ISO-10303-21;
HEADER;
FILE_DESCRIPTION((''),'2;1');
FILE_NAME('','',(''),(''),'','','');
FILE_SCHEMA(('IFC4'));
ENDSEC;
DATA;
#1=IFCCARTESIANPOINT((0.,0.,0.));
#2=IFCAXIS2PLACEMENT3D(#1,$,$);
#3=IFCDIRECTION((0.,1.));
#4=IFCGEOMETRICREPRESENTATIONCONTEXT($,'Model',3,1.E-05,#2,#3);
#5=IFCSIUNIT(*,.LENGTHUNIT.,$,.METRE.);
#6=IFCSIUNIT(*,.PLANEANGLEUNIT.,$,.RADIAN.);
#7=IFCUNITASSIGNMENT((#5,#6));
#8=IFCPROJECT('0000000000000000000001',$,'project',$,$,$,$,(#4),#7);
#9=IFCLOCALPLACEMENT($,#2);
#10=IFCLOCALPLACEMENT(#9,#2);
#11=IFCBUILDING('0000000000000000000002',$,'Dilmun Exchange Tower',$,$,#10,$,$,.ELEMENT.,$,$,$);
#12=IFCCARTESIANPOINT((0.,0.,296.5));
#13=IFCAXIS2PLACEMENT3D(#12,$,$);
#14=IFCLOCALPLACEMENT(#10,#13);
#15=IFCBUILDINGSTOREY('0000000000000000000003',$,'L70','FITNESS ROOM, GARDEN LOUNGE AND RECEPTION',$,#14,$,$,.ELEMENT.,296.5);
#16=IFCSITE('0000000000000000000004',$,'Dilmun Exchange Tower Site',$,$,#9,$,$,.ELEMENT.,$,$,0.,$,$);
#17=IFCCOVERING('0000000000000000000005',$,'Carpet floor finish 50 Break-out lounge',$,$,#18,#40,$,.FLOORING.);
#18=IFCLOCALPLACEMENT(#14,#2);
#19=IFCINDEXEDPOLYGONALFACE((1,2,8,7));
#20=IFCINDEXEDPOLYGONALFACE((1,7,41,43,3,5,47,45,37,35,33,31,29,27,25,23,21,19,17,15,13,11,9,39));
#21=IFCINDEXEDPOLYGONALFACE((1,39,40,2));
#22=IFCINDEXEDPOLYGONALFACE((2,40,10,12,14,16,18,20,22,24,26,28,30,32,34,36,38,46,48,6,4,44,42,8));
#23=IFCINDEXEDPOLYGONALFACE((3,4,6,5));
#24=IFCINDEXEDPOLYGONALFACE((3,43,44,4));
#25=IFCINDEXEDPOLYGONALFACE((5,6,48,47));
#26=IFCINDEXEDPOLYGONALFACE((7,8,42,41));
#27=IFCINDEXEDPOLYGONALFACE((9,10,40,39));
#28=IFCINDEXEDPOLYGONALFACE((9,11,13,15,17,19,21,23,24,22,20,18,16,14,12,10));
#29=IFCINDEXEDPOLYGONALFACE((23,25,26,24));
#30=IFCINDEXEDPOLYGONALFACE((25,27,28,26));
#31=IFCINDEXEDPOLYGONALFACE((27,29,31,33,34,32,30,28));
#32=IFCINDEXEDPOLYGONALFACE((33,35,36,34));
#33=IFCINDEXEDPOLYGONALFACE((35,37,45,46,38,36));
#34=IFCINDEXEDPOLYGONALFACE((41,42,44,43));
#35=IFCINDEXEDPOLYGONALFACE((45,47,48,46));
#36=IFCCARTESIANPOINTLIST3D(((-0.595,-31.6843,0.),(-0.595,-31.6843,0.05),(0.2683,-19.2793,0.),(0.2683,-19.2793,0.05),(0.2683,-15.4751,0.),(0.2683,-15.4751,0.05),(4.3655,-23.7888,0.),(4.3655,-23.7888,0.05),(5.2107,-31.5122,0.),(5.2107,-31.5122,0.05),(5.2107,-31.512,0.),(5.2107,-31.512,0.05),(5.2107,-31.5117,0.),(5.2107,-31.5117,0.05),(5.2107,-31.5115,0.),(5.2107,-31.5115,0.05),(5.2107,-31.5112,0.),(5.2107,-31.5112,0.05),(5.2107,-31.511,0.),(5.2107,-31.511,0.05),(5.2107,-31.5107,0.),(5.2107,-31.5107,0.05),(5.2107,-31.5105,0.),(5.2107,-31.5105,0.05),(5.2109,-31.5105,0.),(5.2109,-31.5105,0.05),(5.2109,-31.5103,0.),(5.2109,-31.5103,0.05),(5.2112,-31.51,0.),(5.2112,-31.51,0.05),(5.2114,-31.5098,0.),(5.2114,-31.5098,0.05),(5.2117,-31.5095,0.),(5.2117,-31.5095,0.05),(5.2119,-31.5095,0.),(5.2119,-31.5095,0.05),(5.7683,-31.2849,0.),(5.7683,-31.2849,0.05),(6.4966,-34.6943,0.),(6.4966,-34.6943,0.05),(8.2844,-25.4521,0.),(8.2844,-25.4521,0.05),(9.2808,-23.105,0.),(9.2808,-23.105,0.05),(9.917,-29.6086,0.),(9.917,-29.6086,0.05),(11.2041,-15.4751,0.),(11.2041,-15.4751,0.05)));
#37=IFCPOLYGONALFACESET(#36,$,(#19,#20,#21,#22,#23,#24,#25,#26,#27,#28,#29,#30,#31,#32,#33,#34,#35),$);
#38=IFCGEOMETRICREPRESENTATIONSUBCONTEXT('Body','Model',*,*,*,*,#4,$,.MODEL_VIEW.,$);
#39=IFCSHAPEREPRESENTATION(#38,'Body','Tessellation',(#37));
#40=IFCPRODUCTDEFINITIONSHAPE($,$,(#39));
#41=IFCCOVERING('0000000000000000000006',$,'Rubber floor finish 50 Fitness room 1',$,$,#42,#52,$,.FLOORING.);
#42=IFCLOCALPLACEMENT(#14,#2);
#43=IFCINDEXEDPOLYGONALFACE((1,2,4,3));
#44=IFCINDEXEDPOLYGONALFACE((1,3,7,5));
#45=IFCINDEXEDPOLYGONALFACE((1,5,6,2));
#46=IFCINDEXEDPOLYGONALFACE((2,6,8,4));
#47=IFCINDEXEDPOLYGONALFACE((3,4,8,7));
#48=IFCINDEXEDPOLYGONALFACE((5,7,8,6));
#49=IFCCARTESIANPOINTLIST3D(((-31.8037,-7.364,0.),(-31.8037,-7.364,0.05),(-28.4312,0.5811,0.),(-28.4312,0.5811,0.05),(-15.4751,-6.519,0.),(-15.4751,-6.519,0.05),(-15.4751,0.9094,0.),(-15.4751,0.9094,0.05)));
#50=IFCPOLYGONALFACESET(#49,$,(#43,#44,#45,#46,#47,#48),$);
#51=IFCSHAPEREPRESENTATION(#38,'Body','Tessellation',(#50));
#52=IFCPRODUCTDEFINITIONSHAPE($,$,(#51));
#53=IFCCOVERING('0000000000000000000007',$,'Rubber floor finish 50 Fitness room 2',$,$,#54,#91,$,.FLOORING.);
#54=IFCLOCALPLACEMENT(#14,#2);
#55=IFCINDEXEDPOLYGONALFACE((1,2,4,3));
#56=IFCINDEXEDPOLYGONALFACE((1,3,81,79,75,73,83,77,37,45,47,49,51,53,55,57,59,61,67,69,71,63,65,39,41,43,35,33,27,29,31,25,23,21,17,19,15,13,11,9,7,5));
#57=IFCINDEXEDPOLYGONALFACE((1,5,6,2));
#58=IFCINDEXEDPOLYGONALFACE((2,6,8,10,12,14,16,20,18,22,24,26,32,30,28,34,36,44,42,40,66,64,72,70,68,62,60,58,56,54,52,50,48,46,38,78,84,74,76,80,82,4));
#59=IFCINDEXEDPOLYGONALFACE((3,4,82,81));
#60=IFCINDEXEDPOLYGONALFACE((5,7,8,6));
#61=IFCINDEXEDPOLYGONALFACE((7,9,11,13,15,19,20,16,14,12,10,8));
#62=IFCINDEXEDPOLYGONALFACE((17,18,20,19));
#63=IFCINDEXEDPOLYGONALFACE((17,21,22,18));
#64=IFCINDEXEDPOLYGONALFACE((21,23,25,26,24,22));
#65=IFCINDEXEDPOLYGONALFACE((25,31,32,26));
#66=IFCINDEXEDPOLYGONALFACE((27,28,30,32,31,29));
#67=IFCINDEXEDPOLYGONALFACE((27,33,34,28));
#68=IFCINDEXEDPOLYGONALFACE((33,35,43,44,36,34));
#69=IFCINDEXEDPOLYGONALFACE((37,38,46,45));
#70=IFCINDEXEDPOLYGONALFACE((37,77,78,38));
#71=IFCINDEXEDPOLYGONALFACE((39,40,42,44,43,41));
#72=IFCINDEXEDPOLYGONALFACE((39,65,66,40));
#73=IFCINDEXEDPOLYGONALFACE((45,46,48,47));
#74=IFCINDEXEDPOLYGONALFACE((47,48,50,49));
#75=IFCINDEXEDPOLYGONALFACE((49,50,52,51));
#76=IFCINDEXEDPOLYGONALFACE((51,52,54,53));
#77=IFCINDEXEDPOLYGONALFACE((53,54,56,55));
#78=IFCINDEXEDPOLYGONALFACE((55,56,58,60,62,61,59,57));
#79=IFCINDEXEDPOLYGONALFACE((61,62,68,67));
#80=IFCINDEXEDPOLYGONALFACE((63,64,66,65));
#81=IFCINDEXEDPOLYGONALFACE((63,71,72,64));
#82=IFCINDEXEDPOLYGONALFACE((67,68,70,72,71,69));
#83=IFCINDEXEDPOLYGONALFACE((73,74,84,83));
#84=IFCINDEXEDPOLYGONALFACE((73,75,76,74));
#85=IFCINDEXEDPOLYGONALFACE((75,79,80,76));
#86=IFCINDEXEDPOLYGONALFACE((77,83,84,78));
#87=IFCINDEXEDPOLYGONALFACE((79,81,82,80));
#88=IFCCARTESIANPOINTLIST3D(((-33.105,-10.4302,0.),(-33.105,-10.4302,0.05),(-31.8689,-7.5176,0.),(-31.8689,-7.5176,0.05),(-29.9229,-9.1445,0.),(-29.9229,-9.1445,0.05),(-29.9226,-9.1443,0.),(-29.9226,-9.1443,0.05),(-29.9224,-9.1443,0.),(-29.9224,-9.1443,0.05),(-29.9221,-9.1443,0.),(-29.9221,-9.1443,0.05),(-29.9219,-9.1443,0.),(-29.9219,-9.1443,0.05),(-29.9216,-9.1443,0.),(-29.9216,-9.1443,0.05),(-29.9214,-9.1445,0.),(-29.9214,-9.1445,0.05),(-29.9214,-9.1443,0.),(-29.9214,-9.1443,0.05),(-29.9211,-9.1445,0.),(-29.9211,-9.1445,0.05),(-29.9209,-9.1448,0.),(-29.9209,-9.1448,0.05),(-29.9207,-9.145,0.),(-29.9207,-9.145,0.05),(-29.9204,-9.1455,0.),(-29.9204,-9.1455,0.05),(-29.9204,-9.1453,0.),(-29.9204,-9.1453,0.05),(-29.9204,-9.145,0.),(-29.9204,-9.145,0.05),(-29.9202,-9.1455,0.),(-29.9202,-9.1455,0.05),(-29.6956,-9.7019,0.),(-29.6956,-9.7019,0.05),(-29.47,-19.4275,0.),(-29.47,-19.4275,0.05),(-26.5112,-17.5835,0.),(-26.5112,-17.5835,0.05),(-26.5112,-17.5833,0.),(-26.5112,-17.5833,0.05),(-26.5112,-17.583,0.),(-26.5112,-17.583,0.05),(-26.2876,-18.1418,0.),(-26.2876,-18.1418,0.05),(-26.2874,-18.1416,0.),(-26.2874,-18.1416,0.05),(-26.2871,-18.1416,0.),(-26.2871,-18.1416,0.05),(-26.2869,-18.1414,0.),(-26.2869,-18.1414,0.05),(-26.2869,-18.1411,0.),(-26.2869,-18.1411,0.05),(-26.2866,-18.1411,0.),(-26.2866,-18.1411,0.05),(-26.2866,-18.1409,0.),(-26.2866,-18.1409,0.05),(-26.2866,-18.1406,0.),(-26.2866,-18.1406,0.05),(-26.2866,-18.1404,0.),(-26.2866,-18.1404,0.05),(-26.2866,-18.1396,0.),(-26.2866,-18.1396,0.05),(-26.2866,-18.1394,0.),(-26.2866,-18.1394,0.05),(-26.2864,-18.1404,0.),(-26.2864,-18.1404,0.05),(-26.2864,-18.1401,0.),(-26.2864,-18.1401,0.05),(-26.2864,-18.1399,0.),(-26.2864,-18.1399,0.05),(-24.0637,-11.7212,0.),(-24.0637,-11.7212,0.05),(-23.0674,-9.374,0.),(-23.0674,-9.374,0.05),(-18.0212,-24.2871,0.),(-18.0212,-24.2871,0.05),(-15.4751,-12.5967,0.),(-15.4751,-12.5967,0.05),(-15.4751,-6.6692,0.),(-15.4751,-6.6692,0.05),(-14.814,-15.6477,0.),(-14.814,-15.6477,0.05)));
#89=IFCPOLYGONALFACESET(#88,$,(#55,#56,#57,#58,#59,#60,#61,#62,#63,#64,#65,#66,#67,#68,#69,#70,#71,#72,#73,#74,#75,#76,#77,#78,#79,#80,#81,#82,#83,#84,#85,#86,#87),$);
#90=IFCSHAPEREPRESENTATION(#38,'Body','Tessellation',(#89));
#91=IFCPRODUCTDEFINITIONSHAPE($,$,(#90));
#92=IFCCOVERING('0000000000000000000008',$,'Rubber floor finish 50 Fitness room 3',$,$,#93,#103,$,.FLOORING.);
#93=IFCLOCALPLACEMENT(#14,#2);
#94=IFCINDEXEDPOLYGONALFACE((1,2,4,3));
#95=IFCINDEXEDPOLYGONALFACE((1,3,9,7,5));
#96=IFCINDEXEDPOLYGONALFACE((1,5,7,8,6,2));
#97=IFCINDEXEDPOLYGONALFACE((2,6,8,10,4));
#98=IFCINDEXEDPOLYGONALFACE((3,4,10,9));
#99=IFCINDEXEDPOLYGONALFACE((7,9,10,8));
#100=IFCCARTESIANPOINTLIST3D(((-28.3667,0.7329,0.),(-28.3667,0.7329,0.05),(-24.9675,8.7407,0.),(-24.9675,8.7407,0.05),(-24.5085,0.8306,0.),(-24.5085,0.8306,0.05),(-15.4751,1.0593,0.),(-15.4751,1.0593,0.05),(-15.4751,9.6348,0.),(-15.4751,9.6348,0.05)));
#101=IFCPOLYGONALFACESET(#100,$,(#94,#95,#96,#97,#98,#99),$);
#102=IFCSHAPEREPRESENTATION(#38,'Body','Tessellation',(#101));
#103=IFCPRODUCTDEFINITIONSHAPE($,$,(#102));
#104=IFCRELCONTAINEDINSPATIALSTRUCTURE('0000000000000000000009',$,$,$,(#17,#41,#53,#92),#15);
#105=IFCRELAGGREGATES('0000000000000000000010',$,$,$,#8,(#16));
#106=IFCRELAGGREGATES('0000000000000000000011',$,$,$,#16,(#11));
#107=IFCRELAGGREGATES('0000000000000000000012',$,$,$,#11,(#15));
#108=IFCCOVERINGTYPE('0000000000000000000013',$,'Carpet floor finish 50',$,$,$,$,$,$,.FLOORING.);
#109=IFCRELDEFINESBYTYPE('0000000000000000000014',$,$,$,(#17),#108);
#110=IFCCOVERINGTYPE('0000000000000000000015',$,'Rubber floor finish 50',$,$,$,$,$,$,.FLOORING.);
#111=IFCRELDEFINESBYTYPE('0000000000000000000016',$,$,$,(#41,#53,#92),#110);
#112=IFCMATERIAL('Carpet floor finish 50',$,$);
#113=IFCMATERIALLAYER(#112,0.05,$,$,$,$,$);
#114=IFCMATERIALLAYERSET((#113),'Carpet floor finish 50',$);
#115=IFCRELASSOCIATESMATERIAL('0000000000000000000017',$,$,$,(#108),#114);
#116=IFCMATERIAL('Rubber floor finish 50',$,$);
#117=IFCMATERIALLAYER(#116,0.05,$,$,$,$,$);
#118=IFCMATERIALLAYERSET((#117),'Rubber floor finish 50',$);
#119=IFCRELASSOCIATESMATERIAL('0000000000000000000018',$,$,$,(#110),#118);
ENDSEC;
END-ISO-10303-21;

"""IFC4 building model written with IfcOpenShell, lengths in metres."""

from ifc_helpers import new_model, si_unit, direction, frame, origin, place, context, subcontext, project, spatial, polyline, outline, extrude, material, layer, layer_set, type_object, element, save


model = new_model("IFC4")

# Units and contexts
model_context = context("Model", 3, precision=1e-05, world=origin(), true_north=direction((0.0, 1.0)))
body_context = subcontext(model_context, "Body", "Model", "MODEL_VIEW")
ifc_project = project(units=[si_unit("LENGTHUNIT", "METRE"), si_unit("PLANEANGLEUNIT", "RADIAN")], contexts=[model_context])

# Site, building, storey
site_placement = place(None, origin())
site = spatial("IfcSite", under=ifc_project, at=site_placement, Name="Dilmun Exchange Tower Site", CompositionType="ELEMENT", RefElevation=0.0)
building_placement = place(site_placement, origin())
building = spatial("IfcBuilding", under=site, at=building_placement, Name="Dilmun Exchange Tower", CompositionType="ELEMENT")
storey_placement = place(building_placement, frame((0.0, 0.0, 296.5)))
storey = spatial("IfcBuildingStorey", under=building, at=storey_placement, Name="L70", Description="FITNESS ROOM, GARDEN LOUNGE AND RECEPTION", CompositionType="ELEMENT", Elevation=296.5)

# Coverings
ifc_material_1 = material(Name="Carpet floor finish 50")
ifc_layer_1 = layer(ifc_material_1, 0.05)
ifc_layer_set_1 = layer_set([ifc_layer_1], Name="Carpet floor finish 50")
covering_type_1 = type_object("IfcCoveringType", Name="Carpet floor finish 50", PredefinedType="FLOORING", material=ifc_layer_set_1)
covering_1_placement = place(storey_placement, origin())
element("IfcCovering", 1, at=covering_1_placement, inside=storey, type_object=covering_type_1, Name="Carpet floor finish 50 Break-out lounge", PredefinedType="FLOORING", context=body_context, shape_type="SweptSolid", body=[
    extrude(outline(polyline([(0.2683, -15.4751), (11.2041, -15.4751), (9.917, -29.6086), (5.7683, -31.2849), (5.2119, -31.5095), (5.2117, -31.5095), (5.2114, -31.5098), (5.2114, -31.5098), (5.2112, -31.51), (5.2112, -31.51), (5.2109, -31.5103), (5.2109, -31.5105), (5.2107, -31.5105), (5.2107, -31.5107), (5.2107, -31.511), (5.2107, -31.5112), (5.2107, -31.5115), (5.2107, -31.5117), (5.2107, -31.5117), (5.2107, -31.512), (5.2107, -31.5122), (6.4966, -34.6943), (-0.595, -31.6843), (4.3655, -23.7888), (8.2844, -25.4521), (9.2808, -23.105), (0.2683, -19.2793), (0.2683, -15.4751)])), origin(), (0.0, 0.0, 1.0), 0.05),
])
ifc_material_2 = material(Name="Rubber floor finish 50")
ifc_layer_2 = layer(ifc_material_2, 0.05)
ifc_layer_set_2 = layer_set([ifc_layer_2], Name="Rubber floor finish 50")
covering_type_2 = type_object("IfcCoveringType", Name="Rubber floor finish 50", PredefinedType="FLOORING", material=ifc_layer_set_2)
covering_2_placement = place(storey_placement, origin())
element("IfcCovering", 2, at=covering_2_placement, inside=storey, type_object=covering_type_2, Name="Rubber floor finish 50 Fitness room 1", PredefinedType="FLOORING", context=body_context, shape_type="SweptSolid", body=[
    extrude(outline(polyline([(-15.4751, -6.519), (-31.8037, -7.364), (-28.4312, 0.5811), (-15.4751, 0.9094), (-15.4751, -6.519)])), origin(), (0.0, 0.0, 1.0), 0.05),
])
covering_3_placement = place(storey_placement, origin())
element("IfcCovering", 3, at=covering_3_placement, inside=storey, type_object=covering_type_2, Name="Rubber floor finish 50 Fitness room 2", PredefinedType="FLOORING", context=body_context, shape_type="SweptSolid", body=[
    extrude(outline(polyline([(-14.814, -15.6477), (-18.0212, -24.2871), (-29.47, -19.4275), (-26.2876, -18.1418), (-26.2876, -18.1418), (-26.2874, -18.1416), (-26.2871, -18.1416), (-26.2871, -18.1416), (-26.2869, -18.1414), (-26.2869, -18.1411), (-26.2866, -18.1411), (-26.2866, -18.1409), (-26.2866, -18.1406), (-26.2866, -18.1404), (-26.2864, -18.1404), (-26.2864, -18.1401), (-26.2864, -18.1399), (-26.2866, -18.1396), (-26.2866, -18.1394), (-26.2866, -18.1394), (-26.5112, -17.5835), (-26.5112, -17.5833), (-26.5112, -17.5833), (-26.5112, -17.583), (-29.6956, -9.7019), (-29.9202, -9.1455), (-29.9204, -9.1455), (-29.9204, -9.1453), (-29.9204, -9.145), (-29.9207, -9.145), (-29.9209, -9.1448), (-29.9209, -9.1448), (-29.9211, -9.1445), (-29.9214, -9.1445), (-29.9214, -9.1443), (-29.9216, -9.1443), (-29.9219, -9.1443), (-29.9221, -9.1443), (-29.9224, -9.1443), (-29.9226, -9.1443), (-29.9226, -9.1443), (-29.9229, -9.1445), (-33.105, -10.4302), (-31.8689, -7.5176), (-15.4751, -6.6692), (-15.4751, -12.5967), (-23.0674, -9.374), (-24.0637, -11.7212), (-14.814, -15.6477)])), origin(), (0.0, 0.0, 1.0), 0.05),
])
covering_4_placement = place(storey_placement, origin())
element("IfcCovering", 4, at=covering_4_placement, inside=storey, type_object=covering_type_2, Name="Rubber floor finish 50 Fitness room 3", PredefinedType="FLOORING", context=body_context, shape_type="SweptSolid", body=[
    extrude(outline(polyline([(-24.5085, 0.8306), (-28.3667, 0.7329), (-24.9675, 8.7407), (-15.4751, 9.6348), (-15.4751, 1.0593), (-24.5085, 0.8306)])), origin(), (0.0, 0.0, 1.0), 0.05),
])

save(model, "model.ifc")
